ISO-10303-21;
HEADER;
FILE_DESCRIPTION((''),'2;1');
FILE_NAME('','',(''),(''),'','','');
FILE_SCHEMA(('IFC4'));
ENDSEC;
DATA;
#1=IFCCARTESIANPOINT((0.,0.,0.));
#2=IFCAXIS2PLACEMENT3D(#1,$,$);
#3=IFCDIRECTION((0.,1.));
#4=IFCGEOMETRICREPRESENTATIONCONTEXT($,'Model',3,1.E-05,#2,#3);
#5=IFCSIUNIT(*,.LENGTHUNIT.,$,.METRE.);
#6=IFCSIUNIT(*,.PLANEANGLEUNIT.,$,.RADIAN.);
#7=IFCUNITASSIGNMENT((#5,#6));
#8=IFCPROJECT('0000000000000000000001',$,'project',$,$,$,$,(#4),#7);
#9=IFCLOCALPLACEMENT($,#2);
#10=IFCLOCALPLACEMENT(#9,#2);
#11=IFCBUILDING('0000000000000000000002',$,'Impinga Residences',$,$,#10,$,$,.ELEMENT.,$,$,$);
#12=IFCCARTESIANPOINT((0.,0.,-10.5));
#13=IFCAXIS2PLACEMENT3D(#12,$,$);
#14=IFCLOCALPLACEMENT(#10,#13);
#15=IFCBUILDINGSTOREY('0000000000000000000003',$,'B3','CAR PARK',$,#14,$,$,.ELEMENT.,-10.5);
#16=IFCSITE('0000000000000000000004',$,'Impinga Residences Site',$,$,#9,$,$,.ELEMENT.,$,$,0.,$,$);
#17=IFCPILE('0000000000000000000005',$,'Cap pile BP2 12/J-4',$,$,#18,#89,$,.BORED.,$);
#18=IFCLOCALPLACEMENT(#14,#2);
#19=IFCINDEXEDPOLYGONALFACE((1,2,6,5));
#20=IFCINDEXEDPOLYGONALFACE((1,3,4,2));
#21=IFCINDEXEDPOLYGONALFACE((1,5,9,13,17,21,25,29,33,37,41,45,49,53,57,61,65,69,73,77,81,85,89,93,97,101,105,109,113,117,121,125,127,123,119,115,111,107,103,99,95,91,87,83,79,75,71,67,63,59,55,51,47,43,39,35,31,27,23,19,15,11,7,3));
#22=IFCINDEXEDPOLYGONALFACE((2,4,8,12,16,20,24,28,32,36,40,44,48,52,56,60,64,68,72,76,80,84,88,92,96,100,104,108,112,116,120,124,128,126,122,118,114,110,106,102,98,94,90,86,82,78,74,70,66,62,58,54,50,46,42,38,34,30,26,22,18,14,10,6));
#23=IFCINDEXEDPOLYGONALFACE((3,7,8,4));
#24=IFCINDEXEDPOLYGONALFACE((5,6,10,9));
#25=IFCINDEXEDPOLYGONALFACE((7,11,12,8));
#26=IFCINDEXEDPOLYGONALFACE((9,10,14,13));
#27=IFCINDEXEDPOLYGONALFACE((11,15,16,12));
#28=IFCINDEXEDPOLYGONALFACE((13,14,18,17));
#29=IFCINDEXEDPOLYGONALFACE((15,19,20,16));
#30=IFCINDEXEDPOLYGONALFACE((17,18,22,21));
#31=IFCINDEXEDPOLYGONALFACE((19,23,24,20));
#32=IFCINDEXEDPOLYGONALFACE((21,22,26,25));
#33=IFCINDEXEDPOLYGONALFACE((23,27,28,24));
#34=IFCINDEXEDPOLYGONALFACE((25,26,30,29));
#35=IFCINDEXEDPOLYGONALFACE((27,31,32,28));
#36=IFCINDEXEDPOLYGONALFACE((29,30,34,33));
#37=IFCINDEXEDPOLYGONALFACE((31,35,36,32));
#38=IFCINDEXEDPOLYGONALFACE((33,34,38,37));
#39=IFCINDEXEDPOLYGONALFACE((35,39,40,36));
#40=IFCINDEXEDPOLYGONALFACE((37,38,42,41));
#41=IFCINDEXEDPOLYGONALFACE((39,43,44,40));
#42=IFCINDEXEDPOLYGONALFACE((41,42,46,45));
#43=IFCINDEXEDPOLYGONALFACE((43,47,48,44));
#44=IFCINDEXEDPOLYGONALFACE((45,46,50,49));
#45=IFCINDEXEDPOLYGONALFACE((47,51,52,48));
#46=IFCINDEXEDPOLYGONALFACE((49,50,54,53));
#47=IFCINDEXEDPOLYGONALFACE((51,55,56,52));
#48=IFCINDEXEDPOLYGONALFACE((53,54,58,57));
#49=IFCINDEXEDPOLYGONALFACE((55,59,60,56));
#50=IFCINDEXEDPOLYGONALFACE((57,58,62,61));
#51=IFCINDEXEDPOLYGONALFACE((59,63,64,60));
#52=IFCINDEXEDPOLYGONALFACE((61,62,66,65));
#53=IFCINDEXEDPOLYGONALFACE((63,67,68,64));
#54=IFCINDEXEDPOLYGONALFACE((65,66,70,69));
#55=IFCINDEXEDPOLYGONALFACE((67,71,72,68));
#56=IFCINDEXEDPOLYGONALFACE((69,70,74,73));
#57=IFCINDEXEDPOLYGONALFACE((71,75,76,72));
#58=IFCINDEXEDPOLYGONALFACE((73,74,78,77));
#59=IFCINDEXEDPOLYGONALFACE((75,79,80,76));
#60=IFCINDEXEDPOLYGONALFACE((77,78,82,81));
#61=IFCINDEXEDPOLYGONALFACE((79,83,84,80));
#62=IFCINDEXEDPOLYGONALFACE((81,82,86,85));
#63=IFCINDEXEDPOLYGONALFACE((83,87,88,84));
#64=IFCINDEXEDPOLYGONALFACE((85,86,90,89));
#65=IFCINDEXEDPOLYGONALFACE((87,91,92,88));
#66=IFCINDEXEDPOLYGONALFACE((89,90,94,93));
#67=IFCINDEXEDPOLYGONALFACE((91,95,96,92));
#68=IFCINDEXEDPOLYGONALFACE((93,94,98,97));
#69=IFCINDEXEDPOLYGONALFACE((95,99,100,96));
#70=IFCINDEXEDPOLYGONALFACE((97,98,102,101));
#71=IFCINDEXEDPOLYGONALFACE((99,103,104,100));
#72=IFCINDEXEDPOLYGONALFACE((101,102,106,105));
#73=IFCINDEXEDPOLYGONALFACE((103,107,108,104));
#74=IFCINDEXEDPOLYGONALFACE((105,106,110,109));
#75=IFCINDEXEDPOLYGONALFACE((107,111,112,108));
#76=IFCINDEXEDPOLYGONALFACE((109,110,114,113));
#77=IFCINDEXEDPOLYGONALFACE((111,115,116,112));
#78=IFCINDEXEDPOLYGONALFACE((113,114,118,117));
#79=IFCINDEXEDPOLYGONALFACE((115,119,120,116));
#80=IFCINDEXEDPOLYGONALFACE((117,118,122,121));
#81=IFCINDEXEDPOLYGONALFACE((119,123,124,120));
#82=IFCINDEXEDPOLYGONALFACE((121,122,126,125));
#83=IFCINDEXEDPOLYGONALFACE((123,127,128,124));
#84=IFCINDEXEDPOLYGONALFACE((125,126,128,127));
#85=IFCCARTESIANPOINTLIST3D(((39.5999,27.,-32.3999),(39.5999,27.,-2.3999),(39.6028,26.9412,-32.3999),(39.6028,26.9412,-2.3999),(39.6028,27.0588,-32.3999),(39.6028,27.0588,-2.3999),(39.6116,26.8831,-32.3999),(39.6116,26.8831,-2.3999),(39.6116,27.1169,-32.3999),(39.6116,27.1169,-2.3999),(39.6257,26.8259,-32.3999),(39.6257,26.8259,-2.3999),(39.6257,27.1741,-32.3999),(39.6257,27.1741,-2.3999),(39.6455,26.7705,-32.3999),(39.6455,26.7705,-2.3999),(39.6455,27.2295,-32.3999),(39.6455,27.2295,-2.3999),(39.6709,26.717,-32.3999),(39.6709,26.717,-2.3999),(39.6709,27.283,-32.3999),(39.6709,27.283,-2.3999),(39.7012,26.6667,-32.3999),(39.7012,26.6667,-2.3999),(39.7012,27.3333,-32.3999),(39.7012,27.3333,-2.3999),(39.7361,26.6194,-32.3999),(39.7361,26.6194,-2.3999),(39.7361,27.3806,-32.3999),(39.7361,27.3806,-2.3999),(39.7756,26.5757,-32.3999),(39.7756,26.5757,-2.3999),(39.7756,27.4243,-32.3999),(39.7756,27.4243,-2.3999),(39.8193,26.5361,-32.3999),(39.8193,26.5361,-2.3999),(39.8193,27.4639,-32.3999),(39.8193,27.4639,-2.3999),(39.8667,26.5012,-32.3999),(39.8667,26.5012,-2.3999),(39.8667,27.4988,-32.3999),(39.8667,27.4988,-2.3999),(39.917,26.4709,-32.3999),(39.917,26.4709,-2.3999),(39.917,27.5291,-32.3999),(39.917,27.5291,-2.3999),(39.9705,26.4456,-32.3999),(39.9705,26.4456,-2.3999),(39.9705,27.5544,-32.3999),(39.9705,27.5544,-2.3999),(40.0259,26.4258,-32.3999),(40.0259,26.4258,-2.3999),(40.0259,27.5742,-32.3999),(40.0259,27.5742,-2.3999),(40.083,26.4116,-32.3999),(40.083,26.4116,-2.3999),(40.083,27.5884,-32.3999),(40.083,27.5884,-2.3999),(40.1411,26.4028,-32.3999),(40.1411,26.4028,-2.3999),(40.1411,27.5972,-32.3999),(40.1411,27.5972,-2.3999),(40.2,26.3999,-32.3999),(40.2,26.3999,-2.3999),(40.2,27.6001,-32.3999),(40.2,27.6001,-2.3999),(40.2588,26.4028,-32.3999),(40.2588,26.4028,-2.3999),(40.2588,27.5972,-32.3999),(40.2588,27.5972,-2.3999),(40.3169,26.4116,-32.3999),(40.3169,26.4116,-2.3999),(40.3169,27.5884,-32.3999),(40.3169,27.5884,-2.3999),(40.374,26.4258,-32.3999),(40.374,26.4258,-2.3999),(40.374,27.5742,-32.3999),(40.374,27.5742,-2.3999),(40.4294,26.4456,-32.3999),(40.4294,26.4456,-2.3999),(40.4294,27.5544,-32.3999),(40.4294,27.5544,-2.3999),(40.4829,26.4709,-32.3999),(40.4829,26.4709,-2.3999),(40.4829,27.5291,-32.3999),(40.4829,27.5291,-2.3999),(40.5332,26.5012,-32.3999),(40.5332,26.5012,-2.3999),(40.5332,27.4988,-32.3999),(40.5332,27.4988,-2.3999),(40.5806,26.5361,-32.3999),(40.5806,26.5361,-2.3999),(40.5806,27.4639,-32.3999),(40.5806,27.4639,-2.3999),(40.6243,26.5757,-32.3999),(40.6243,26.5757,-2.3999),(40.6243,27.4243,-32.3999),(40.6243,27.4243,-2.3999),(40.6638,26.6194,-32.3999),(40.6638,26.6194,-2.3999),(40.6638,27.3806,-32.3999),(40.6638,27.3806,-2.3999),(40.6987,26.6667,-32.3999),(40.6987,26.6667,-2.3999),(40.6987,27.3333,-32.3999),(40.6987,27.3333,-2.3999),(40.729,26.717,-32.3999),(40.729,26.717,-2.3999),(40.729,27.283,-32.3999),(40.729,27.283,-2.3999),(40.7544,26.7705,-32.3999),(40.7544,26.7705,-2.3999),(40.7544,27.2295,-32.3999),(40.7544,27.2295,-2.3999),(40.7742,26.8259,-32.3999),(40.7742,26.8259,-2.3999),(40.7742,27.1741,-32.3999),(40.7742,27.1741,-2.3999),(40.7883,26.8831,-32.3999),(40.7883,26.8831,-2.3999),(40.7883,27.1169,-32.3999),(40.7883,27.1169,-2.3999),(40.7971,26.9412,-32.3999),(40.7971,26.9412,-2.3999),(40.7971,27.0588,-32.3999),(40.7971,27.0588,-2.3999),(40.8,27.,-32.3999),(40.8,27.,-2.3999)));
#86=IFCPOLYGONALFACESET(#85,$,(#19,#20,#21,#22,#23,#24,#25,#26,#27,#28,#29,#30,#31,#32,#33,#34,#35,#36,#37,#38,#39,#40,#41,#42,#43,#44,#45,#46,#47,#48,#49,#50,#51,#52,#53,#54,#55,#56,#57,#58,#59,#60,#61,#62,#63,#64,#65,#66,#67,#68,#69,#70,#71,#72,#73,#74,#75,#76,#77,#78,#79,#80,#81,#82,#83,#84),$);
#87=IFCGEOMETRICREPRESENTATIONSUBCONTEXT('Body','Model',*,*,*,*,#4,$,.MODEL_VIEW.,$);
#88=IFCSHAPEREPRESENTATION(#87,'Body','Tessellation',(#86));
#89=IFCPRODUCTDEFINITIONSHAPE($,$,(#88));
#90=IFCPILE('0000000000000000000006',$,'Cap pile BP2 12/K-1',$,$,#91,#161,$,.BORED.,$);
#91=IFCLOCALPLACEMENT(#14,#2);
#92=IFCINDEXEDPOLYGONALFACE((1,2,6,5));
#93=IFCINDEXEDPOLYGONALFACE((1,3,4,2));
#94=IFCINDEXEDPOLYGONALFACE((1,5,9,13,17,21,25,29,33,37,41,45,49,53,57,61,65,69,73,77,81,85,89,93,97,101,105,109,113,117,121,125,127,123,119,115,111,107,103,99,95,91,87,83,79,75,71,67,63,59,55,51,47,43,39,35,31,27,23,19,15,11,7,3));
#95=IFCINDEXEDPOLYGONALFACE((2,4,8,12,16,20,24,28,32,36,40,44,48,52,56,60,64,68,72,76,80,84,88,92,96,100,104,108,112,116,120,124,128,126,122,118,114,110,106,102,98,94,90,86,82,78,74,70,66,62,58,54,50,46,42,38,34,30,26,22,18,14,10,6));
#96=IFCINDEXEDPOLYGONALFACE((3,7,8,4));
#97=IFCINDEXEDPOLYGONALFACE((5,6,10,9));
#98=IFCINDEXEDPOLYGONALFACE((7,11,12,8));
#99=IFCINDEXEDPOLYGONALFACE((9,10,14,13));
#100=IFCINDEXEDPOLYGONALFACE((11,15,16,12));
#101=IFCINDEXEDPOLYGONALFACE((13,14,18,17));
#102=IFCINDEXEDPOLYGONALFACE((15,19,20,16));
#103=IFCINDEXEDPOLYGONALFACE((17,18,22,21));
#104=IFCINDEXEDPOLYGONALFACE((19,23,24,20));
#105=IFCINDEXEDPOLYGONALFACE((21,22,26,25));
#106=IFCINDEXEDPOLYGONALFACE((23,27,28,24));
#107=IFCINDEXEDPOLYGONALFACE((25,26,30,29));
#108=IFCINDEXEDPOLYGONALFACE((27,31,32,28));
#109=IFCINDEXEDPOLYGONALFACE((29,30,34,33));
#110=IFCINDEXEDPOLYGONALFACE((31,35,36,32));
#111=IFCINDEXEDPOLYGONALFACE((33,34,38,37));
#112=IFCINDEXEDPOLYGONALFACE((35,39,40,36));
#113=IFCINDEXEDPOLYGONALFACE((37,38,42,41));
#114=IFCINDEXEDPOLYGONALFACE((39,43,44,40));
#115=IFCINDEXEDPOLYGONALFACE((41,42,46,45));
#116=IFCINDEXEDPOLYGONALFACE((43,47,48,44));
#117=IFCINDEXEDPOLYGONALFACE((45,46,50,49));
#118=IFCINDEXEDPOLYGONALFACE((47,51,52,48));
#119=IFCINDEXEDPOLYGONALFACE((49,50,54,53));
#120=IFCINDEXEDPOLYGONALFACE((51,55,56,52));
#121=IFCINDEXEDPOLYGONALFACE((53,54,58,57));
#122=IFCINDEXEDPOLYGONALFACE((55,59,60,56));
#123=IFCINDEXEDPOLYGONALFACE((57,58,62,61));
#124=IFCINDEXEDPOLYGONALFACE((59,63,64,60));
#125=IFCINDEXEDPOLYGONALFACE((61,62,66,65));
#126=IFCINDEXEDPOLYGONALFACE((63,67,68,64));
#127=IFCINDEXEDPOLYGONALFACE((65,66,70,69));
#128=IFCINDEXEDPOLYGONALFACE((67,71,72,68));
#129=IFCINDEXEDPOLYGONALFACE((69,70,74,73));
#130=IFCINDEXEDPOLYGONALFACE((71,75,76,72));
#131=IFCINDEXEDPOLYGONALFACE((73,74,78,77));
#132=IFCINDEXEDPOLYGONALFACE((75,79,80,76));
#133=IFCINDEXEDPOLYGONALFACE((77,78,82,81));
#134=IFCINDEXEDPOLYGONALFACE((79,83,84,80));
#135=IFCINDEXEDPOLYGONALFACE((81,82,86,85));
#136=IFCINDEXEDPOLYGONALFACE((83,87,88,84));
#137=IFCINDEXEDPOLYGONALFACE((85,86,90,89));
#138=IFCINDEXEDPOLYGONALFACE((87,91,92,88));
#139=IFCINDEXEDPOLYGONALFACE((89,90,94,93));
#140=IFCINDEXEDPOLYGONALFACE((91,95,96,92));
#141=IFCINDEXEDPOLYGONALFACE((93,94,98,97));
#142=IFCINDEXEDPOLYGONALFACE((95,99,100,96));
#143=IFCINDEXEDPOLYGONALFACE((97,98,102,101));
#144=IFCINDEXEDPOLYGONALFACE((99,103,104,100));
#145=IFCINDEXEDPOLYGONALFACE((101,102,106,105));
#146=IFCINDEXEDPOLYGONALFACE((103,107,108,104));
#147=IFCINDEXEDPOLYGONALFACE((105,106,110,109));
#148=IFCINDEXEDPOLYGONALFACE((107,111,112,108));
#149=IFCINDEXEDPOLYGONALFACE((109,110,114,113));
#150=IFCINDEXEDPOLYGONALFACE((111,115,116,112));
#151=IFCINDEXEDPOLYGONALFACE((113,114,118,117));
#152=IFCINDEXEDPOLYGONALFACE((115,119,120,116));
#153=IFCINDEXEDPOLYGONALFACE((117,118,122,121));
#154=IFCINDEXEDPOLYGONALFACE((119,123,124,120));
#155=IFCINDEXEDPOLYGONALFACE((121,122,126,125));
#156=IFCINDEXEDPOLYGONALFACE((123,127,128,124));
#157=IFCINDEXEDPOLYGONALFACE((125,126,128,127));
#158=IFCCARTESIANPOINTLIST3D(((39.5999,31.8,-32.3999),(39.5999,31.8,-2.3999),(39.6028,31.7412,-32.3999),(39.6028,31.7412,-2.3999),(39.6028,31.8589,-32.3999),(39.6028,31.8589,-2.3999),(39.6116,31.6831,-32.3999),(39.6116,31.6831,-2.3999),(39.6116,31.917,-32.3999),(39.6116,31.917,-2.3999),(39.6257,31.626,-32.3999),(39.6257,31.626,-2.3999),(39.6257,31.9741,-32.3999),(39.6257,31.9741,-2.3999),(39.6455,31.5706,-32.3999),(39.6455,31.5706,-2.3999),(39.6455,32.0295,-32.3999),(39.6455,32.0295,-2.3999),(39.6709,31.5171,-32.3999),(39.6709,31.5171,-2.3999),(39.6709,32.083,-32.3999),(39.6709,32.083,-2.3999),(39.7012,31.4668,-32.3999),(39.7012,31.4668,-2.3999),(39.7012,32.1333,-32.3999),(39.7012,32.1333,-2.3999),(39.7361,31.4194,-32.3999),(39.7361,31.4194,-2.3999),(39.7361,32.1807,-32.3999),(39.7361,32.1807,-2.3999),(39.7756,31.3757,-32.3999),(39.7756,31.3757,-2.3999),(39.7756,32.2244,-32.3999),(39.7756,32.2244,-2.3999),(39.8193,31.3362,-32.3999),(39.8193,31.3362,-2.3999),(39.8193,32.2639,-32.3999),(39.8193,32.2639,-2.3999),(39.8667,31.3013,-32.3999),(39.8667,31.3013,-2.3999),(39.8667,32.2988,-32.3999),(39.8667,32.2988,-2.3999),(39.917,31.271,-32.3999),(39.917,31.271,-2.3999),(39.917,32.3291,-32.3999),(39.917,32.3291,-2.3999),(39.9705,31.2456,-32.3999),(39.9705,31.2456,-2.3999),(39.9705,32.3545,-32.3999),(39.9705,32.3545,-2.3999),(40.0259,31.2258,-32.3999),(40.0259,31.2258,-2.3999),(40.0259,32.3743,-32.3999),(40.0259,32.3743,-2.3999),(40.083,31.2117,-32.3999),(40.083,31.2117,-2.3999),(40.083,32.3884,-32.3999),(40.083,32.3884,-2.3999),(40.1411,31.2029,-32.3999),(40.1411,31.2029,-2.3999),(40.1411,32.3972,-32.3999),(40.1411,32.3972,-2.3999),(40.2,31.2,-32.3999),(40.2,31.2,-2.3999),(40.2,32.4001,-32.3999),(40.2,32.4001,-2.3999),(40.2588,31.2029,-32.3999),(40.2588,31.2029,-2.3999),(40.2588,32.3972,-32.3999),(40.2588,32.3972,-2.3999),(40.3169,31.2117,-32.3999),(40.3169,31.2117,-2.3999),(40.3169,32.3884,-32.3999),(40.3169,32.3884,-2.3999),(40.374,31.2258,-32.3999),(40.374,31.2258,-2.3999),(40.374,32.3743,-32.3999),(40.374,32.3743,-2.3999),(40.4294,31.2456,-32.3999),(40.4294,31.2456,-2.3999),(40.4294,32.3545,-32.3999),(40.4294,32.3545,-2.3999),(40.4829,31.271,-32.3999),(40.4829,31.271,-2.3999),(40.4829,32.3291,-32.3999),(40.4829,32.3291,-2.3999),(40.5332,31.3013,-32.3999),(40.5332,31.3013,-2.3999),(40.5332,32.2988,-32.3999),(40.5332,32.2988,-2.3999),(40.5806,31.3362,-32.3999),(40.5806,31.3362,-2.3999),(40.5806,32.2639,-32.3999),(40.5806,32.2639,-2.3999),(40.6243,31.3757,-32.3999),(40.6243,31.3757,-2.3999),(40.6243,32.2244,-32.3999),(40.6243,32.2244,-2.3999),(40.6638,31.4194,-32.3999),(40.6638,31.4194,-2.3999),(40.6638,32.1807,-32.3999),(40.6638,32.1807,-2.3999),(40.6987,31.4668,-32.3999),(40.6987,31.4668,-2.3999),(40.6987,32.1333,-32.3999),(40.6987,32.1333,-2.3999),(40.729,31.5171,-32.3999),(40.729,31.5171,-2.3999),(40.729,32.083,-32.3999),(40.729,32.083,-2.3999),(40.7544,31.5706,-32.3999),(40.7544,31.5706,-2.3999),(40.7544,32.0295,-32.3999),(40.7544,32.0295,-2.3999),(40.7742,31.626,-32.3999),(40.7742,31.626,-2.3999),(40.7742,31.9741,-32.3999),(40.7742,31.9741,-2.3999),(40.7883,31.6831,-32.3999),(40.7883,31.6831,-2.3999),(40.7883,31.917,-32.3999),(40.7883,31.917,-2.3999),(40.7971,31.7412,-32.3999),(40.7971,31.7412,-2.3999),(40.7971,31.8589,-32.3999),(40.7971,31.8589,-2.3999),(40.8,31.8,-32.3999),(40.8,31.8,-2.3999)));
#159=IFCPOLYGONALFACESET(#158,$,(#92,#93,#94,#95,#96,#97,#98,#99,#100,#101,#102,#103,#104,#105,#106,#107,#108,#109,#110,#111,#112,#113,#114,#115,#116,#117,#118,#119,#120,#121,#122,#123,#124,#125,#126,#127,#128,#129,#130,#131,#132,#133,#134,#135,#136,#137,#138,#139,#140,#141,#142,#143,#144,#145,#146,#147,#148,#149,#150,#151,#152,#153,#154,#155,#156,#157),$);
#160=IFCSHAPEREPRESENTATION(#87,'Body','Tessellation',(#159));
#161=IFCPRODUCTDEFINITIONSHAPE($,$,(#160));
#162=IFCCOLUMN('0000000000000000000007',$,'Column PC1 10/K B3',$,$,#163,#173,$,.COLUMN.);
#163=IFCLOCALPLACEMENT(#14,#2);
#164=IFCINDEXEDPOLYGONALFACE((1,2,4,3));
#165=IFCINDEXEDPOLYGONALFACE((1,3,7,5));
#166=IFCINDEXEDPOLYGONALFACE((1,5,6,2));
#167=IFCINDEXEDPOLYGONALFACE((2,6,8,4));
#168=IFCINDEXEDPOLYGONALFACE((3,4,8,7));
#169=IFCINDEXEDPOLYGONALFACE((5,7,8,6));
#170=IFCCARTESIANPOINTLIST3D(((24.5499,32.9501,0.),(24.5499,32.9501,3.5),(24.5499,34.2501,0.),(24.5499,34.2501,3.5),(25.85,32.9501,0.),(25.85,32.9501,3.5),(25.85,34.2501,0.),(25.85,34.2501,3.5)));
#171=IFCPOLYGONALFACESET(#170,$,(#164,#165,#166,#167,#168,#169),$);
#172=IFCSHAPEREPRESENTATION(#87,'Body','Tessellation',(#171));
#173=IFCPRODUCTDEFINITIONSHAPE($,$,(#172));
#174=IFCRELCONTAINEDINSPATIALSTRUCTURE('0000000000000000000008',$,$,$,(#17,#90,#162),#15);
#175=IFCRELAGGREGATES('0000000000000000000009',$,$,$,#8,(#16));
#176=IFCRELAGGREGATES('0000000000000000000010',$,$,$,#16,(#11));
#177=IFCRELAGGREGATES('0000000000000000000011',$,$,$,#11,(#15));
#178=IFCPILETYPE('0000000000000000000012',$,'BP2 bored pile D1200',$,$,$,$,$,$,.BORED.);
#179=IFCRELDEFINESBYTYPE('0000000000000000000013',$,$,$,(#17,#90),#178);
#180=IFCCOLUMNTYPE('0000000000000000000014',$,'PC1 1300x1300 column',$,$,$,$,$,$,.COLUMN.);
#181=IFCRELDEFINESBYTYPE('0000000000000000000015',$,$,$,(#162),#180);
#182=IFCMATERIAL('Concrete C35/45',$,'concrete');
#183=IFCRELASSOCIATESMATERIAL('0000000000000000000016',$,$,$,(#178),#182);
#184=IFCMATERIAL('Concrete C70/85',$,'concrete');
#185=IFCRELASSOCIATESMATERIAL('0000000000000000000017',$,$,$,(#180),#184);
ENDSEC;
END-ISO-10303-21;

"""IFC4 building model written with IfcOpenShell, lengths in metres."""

from ifc_helpers import new_model, si_unit, direction, frame, origin, origin_2d, place, context, subcontext, project, spatial, polyline, rectangle, circle, outline, extrude, material, material_profile, profile_set, type_object, element, save


model = new_model("IFC4")

# Units and contexts
model_context = context("Model", 3, precision=1e-05, world=origin(), true_north=direction((0.0, 1.0)))
body_context = subcontext(model_context, "Body", "Model", "MODEL_VIEW")
ifc_project = project(units=[si_unit("LENGTHUNIT", "METRE"), si_unit("PLANEANGLEUNIT", "RADIAN")], contexts=[model_context])

# Site, building, storey
site_placement = place(None, origin())
site = spatial("IfcSite", under=ifc_project, at=site_placement, Name="Impinga Residences Site", CompositionType="ELEMENT", RefElevation=0.0)
building_placement = place(site_placement, origin())
building = spatial("IfcBuilding", under=site, at=building_placement, Name="Impinga Residences", CompositionType="ELEMENT")
storey_placement = place(building_placement, frame((0.0, 0.0, -10.5)))
storey = spatial("IfcBuildingStorey", under=building, at=storey_placement, Name="B3", Description="CAR PARK", CompositionType="ELEMENT", Elevation=-10.5)

# Piles
ifc_material_1 = material(Name="Concrete C35/45", Category="concrete")
ifc_material_profile_1 = material_profile(ifc_material_1, circle(Radius=0.6001, at=origin_2d()), Name="D1200")
ifc_profile_set_1 = profile_set([ifc_material_profile_1], Name="Concrete C35/45")
pile_type = type_object("IfcPileType", Name="BP2 bored pile D1200", PredefinedType="BORED", material=ifc_profile_set_1)
pile_1_placement = place(storey_placement, frame((40.2, 27.0, -2.3999), z_axis=(0.0, 0.0, -1.0), x_axis=(1.0, 0.0, 0.0)))
element("IfcPile", 1, at=pile_1_placement, inside=storey, type_object=pile_type, Name="Cap pile BP2 12/J-4", PredefinedType="BORED", context=body_context, shape_type="SweptSolid", body=[
    extrude(outline(polyline([(0.6001, 0.0), (0.5972, 0.0588), (0.5884, 0.1169), (0.5742, 0.1741), (0.5544, 0.2295), (0.5291, 0.283), (0.4988, 0.3333), (0.4639, 0.3806), (0.4243, 0.4243), (0.3806, 0.4639), (0.3333, 0.4988), (0.283, 0.5291), (0.2295, 0.5544), (0.1741, 0.5742), (0.1169, 0.5884), (0.0588, 0.5972), (0.0, 0.6001), (-0.0588, 0.5972), (-0.1169, 0.5884), (-0.1741, 0.5742), (-0.2295, 0.5544), (-0.283, 0.5291), (-0.3333, 0.4988), (-0.3806, 0.4639), (-0.4243, 0.4243), (-0.4639, 0.3806), (-0.4988, 0.3333), (-0.5291, 0.283), (-0.5544, 0.2295), (-0.5742, 0.1741), (-0.5884, 0.1169), (-0.5972, 0.0588), (-0.6001, 0.0), (-0.5972, -0.0588), (-0.5884, -0.1169), (-0.5742, -0.1741), (-0.5544, -0.2295), (-0.5291, -0.283), (-0.4988, -0.3333), (-0.4639, -0.3806), (-0.4243, -0.4243), (-0.3806, -0.4639), (-0.3333, -0.4988), (-0.283, -0.5291), (-0.2295, -0.5544), (-0.1741, -0.5742), (-0.1169, -0.5884), (-0.0588, -0.5972), (0.0, -0.6001), (0.0588, -0.5972), (0.1169, -0.5884), (0.1741, -0.5742), (0.2295, -0.5544), (0.283, -0.5291), (0.3333, -0.4988), (0.3806, -0.4639), (0.4243, -0.4243), (0.4639, -0.3806), (0.4988, -0.3333), (0.5291, -0.283), (0.5544, -0.2295), (0.5742, -0.1741), (0.5884, -0.1169), (0.5972, -0.0588), (0.6001, 0.0)])), origin(), (0.0, 0.0, 1.0), 30.0),
])
pile_2_placement = place(storey_placement, frame((40.2, 31.8, -2.3999), z_axis=(0.0, 0.0, -1.0), x_axis=(1.0, 0.0, 0.0)))
element("IfcPile", 2, at=pile_2_placement, inside=storey, type_object=pile_type, Name="Cap pile BP2 12/K-1", PredefinedType="BORED", context=body_context, shape_type="SweptSolid", body=[
    extrude(outline(polyline([(0.6001, 0.0), (0.5972, 0.0588), (0.5884, 0.1169), (0.5742, 0.1741), (0.5544, 0.2295), (0.5291, 0.283), (0.4988, 0.3333), (0.4639, 0.3806), (0.4243, 0.4243), (0.3806, 0.4639), (0.3333, 0.4988), (0.283, 0.5291), (0.2295, 0.5544), (0.1741, 0.5742), (0.1169, 0.5884), (0.0588, 0.5972), (0.0, 0.6001), (-0.0588, 0.5972), (-0.1169, 0.5884), (-0.1741, 0.5742), (-0.2295, 0.5544), (-0.283, 0.5291), (-0.3333, 0.4988), (-0.3806, 0.4639), (-0.4243, 0.4243), (-0.4639, 0.3806), (-0.4988, 0.3333), (-0.5291, 0.283), (-0.5544, 0.2295), (-0.5742, 0.1741), (-0.5884, 0.1169), (-0.5972, 0.0588), (-0.6001, 0.0), (-0.5972, -0.0588), (-0.5884, -0.1169), (-0.5742, -0.1741), (-0.5544, -0.2295), (-0.5291, -0.283), (-0.4988, -0.3333), (-0.4639, -0.3806), (-0.4243, -0.4243), (-0.3806, -0.4639), (-0.3333, -0.4988), (-0.283, -0.5291), (-0.2295, -0.5544), (-0.1741, -0.5742), (-0.1169, -0.5884), (-0.0588, -0.5972), (0.0, -0.6001), (0.0588, -0.5972), (0.1169, -0.5884), (0.1741, -0.5742), (0.2295, -0.5544), (0.283, -0.5291), (0.3333, -0.4988), (0.3806, -0.4639), (0.4243, -0.4243), (0.4639, -0.3806), (0.4988, -0.3333), (0.5291, -0.283), (0.5544, -0.2295), (0.5742, -0.1741), (0.5884, -0.1169), (0.5972, -0.0588), (0.6001, 0.0)])), origin(), (0.0, 0.0, 1.0), 30.0),
])

# Column
ifc_material_2 = material(Name="Concrete C70/85", Category="concrete")
ifc_material_profile_2 = material_profile(ifc_material_2, rectangle(XDim=1.3, YDim=1.3, at=origin_2d()), Name="RC 1300x1300")
ifc_profile_set_2 = profile_set([ifc_material_profile_2], Name="Concrete C70/85")
column_type = type_object("IfcColumnType", Name="PC1 1300x1300 column", PredefinedType="COLUMN", material=ifc_profile_set_2)
for number, where, z_axis, x_axis, name in (
    (3, (25.2, 33.6001, 0.0), (0.0, 0.0, 1.0), (1.0, 0.0, 0.0), "Column PC1 10/K B3"),
):
    element("IfcColumn", number, at=place(storey_placement, frame(where, z_axis=z_axis, x_axis=x_axis)), inside=storey, type_object=column_type, Name=name, PredefinedType="COLUMN", context=body_context, shape_type="SweptSolid", body=[
        extrude(rectangle(XDim=1.3, YDim=1.3, at=origin_2d()), origin(), (0.0, 0.0, 1.0), 3.5),
    ])

save(model, "model.ifc")
